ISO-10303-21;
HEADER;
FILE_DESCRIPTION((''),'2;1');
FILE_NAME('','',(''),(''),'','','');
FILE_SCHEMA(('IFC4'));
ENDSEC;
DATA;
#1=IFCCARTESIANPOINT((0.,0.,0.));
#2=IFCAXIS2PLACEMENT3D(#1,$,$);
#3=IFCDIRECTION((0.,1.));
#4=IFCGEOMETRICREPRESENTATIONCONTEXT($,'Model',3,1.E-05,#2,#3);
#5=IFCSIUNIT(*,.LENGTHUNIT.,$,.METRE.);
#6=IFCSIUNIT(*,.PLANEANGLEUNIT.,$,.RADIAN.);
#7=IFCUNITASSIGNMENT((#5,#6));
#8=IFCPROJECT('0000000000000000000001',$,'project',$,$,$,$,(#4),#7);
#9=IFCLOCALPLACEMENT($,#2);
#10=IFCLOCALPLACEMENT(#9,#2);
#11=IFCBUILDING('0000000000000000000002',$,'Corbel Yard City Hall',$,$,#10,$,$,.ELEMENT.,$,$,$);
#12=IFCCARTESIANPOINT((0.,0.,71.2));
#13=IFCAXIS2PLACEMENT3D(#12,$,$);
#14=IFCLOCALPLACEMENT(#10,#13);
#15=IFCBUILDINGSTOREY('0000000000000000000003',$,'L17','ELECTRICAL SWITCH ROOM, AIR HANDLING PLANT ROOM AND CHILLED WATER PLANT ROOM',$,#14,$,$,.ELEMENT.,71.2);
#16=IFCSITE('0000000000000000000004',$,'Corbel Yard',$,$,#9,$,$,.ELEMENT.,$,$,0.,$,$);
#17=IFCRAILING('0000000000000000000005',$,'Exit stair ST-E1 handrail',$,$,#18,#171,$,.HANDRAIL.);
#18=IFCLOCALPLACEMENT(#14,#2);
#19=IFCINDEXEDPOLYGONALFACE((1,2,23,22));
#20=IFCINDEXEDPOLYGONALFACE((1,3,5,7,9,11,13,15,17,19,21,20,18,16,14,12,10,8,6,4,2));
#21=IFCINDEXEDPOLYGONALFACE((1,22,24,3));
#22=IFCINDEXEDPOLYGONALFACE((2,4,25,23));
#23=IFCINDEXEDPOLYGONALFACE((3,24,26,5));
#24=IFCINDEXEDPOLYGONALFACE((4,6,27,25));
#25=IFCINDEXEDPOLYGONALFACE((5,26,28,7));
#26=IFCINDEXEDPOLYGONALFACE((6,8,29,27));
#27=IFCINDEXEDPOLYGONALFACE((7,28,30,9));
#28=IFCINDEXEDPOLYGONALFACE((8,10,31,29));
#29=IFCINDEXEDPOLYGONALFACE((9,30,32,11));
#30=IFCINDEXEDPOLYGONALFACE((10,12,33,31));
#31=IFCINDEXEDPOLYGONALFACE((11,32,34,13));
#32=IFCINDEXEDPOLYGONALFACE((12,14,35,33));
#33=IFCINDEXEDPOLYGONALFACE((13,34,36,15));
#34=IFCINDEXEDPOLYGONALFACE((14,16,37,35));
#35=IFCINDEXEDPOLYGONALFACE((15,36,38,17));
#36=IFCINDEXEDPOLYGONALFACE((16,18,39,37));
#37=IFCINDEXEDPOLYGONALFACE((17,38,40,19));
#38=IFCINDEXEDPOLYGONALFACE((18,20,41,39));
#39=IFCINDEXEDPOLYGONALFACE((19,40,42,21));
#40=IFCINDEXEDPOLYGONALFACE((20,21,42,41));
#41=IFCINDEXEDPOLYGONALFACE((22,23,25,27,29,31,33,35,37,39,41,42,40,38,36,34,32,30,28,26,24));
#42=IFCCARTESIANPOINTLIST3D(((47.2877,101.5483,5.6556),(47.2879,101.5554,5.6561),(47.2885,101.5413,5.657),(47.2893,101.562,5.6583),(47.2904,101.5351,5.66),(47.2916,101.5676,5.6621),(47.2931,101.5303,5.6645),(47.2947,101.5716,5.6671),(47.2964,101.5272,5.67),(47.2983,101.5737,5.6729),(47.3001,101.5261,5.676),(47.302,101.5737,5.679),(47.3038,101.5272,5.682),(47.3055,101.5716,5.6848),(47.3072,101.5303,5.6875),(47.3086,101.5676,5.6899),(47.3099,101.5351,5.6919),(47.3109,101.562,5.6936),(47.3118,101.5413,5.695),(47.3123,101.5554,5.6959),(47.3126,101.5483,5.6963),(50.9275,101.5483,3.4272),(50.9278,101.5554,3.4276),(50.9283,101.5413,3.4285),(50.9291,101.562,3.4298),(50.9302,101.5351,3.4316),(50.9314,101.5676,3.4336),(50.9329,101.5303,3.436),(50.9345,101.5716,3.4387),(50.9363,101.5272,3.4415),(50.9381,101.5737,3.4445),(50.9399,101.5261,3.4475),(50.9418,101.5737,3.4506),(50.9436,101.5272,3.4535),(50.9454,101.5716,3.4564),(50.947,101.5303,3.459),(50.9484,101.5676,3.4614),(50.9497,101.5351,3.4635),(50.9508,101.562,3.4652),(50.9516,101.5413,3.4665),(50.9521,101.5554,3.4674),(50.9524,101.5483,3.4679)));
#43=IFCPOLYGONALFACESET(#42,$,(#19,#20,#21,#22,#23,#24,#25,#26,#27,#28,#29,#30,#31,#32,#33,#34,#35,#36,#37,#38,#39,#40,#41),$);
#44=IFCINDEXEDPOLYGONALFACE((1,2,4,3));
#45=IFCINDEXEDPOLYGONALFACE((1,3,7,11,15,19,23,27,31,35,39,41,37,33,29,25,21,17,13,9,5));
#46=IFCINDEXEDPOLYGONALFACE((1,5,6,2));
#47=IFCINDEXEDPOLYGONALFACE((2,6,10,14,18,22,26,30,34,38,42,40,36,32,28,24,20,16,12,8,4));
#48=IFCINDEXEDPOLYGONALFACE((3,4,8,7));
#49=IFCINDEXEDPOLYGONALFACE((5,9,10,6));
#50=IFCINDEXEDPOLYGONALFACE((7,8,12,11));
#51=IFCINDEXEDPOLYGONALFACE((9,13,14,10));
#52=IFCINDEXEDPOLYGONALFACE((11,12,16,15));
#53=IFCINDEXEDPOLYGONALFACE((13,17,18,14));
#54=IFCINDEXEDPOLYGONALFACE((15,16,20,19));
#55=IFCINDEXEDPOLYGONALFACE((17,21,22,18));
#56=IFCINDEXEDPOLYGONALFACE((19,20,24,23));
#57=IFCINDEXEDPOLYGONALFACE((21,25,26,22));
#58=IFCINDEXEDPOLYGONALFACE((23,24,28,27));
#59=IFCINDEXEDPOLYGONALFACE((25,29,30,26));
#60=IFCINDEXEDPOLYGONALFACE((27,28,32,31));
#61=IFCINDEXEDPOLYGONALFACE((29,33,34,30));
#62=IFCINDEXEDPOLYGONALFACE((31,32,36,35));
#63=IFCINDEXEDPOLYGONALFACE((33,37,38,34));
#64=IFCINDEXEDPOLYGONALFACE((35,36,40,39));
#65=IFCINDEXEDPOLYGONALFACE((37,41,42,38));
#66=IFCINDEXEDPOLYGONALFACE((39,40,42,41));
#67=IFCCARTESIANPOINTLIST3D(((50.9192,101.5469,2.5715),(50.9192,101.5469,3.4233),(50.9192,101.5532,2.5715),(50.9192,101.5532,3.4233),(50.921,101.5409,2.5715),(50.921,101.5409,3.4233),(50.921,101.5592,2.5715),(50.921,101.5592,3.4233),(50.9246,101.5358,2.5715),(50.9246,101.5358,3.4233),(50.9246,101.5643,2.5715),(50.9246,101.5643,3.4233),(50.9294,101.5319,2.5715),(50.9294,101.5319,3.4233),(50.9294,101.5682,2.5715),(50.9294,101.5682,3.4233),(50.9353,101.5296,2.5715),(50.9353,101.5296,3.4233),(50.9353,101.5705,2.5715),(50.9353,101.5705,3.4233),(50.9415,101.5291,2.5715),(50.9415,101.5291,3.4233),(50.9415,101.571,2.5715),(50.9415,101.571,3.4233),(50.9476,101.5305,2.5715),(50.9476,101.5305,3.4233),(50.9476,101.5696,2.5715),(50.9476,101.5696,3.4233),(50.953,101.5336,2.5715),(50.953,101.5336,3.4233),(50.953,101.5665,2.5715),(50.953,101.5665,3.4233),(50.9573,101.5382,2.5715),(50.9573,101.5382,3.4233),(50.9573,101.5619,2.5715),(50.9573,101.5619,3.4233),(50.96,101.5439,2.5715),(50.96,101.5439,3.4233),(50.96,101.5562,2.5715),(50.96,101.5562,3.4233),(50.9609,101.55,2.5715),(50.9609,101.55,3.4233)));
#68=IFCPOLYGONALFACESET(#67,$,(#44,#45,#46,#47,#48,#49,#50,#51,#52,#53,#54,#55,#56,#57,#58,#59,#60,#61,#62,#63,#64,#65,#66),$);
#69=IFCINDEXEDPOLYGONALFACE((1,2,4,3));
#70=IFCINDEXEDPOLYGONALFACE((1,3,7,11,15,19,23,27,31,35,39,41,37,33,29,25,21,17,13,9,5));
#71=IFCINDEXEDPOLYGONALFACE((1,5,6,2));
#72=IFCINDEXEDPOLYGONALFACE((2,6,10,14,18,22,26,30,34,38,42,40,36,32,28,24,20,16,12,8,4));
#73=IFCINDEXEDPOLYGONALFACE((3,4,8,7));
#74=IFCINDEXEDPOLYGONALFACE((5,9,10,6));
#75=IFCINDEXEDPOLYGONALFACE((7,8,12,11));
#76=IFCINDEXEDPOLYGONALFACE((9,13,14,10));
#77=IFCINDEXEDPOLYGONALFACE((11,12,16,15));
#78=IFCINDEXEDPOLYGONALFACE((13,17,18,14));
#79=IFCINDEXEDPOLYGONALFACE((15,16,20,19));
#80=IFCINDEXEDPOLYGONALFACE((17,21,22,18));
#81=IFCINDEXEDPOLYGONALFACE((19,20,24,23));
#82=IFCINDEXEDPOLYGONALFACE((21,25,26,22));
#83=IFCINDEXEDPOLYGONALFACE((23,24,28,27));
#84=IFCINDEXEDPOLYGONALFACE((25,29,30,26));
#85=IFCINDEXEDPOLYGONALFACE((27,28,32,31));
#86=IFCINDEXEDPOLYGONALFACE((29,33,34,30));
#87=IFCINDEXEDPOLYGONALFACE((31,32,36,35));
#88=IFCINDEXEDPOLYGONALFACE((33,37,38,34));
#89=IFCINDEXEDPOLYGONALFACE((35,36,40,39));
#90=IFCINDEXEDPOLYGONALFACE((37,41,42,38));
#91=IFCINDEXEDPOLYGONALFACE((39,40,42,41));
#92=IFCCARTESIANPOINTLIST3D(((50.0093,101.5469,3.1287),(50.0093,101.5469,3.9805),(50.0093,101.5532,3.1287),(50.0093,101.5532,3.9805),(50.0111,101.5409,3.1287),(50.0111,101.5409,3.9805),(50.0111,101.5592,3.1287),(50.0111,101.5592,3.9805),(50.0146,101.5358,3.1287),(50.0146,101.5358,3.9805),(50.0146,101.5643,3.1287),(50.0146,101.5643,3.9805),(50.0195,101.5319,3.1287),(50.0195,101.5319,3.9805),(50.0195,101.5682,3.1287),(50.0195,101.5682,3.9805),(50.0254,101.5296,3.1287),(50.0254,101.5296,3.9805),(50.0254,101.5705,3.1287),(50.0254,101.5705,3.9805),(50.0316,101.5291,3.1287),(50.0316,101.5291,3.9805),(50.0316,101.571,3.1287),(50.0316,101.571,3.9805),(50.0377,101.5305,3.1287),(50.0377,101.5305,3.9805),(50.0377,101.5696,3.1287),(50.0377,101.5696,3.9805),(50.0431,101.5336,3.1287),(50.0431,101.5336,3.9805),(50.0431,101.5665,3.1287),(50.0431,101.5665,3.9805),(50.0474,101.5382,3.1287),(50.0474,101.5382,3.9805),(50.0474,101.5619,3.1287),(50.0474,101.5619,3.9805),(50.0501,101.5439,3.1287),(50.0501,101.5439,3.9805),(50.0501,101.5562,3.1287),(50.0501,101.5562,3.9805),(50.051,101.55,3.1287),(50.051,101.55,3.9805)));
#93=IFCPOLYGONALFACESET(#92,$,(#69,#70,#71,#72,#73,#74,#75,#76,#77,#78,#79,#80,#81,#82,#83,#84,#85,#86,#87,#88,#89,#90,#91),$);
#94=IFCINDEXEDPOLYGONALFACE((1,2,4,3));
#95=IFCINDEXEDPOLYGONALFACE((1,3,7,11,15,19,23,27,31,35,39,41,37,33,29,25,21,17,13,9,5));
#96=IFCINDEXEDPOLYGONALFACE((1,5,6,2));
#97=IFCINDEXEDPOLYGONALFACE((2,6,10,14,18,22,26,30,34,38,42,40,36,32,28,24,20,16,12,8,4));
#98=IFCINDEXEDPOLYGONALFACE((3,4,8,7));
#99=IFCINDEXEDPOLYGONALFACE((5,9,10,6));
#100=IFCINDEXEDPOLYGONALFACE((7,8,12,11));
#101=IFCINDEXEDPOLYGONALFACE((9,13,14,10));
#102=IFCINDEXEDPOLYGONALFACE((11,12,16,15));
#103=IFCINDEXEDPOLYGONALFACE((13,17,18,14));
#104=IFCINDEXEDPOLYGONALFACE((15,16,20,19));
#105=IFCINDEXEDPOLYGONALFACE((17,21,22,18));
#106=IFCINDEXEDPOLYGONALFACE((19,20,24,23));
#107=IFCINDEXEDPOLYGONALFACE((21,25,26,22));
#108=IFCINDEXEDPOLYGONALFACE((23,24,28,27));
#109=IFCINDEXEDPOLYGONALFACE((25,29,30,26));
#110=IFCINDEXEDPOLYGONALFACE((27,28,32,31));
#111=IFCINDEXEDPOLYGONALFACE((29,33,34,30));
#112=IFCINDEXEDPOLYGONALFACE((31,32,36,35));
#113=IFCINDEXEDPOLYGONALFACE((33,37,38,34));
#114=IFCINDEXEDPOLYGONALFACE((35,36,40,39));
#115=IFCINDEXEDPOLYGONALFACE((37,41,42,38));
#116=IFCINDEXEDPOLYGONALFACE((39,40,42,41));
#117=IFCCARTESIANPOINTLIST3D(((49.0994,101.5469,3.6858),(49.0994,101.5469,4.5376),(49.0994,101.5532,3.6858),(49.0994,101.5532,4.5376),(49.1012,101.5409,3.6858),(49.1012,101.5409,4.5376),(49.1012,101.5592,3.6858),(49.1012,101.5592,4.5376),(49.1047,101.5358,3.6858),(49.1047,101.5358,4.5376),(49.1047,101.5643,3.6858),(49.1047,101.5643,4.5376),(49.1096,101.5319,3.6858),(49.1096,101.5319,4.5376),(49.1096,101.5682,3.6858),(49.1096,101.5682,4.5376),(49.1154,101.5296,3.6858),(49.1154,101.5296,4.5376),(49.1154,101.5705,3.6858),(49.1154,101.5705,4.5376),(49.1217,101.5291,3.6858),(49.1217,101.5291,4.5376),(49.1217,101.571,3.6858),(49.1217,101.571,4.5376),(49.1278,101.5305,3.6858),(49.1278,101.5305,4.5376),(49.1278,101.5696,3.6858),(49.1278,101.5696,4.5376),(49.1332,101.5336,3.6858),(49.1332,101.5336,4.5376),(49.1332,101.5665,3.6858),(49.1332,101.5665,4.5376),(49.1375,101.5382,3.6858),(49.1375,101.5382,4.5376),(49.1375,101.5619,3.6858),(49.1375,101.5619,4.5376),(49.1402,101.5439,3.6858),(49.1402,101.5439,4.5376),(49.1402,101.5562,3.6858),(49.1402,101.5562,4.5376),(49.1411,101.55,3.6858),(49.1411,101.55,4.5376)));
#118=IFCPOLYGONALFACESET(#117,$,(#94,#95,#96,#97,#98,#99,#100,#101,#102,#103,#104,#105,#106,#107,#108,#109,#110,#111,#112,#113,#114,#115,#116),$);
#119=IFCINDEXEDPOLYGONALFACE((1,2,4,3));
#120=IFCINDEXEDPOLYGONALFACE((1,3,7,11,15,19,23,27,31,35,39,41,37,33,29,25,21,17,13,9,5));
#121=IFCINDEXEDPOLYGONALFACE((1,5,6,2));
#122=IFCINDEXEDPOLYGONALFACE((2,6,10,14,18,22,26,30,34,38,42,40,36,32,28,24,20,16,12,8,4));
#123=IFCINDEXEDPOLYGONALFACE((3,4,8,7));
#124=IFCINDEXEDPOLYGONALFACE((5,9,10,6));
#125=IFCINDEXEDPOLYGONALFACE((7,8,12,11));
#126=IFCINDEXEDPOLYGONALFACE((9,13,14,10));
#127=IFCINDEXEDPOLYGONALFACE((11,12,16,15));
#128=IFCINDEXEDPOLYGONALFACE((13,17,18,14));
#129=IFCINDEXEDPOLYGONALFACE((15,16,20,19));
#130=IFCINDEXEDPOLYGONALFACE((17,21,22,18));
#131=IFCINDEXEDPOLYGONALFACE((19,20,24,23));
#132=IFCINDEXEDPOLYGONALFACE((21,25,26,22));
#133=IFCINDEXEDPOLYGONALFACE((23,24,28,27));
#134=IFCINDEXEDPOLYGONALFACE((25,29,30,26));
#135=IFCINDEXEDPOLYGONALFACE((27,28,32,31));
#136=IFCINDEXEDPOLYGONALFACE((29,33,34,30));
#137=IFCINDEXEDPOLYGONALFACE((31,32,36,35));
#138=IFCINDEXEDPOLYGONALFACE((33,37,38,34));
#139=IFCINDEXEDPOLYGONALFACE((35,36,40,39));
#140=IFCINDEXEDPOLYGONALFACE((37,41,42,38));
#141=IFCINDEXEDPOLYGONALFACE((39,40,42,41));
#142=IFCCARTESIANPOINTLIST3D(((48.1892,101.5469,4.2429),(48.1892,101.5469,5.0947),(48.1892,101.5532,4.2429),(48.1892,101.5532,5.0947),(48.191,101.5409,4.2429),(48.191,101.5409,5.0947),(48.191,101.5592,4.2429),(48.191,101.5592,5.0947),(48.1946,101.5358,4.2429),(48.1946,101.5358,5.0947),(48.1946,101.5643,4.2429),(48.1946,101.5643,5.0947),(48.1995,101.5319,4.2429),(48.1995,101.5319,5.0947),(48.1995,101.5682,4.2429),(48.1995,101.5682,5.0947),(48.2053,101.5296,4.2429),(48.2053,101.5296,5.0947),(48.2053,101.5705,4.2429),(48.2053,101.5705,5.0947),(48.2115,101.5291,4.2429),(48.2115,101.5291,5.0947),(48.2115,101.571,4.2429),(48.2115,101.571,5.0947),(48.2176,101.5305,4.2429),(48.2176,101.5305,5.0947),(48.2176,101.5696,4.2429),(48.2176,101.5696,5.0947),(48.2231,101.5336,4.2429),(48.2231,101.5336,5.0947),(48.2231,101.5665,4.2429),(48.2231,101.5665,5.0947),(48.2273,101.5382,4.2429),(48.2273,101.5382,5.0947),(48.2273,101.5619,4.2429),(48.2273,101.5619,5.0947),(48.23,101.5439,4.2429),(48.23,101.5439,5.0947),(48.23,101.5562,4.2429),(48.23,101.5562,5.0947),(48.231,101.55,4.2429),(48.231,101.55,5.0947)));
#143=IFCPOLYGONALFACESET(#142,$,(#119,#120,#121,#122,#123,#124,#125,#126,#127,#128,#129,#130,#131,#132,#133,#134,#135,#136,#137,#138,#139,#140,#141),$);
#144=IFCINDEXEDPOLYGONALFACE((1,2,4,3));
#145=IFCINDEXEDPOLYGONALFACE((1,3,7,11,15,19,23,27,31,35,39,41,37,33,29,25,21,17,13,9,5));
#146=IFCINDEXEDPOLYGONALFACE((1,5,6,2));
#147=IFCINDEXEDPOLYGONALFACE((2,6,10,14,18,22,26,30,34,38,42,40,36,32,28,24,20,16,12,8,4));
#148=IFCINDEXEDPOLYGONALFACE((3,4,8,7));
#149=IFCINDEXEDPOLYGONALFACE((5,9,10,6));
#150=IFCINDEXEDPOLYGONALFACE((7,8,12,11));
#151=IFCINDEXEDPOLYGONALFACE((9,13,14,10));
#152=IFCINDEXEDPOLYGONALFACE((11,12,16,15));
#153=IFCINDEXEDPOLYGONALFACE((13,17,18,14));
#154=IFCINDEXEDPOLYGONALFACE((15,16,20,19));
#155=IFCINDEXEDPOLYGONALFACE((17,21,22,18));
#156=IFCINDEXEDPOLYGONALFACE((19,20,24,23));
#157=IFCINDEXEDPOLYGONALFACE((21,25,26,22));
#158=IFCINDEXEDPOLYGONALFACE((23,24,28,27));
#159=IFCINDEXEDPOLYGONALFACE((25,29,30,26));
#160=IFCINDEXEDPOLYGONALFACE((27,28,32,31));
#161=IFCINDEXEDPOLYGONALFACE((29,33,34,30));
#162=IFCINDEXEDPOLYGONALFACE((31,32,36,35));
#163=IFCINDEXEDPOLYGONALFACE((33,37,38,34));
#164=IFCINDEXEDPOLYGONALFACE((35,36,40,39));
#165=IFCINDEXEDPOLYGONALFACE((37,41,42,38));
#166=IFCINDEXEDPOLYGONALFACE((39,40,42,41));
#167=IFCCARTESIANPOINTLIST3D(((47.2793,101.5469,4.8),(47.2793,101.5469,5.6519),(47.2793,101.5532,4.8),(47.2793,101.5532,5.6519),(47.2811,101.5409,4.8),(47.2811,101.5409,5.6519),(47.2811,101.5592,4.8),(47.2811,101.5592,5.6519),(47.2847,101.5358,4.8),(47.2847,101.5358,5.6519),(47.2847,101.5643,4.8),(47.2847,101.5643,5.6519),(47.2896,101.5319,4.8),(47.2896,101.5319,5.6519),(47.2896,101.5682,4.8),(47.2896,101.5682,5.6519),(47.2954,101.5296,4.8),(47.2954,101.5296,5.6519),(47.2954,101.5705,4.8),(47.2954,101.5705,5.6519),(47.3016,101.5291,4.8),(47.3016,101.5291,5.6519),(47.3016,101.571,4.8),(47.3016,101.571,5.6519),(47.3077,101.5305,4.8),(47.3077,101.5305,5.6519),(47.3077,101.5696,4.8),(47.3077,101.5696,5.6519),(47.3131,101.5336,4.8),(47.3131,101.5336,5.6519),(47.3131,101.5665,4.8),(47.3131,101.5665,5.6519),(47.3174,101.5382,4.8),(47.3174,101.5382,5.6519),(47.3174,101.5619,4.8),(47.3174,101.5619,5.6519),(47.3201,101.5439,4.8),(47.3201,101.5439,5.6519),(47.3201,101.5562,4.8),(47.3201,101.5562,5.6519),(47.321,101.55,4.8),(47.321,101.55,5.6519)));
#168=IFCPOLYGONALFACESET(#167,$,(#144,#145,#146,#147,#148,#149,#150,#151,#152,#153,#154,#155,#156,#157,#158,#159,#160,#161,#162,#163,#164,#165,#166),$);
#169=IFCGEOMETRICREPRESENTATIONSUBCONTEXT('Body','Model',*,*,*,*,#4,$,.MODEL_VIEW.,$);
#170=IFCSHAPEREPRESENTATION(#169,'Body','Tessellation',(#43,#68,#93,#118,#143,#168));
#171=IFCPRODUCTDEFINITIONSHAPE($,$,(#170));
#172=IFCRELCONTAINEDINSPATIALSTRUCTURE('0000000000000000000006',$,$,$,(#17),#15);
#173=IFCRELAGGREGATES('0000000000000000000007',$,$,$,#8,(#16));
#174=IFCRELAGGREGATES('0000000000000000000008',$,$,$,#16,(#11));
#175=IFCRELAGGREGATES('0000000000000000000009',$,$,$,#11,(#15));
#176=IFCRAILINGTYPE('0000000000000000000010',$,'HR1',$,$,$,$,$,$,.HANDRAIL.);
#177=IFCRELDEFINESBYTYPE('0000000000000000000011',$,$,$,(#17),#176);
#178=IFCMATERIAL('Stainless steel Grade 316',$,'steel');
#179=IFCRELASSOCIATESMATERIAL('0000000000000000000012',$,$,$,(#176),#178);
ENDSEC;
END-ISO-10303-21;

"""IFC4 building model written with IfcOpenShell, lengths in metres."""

from ifc_helpers import new_model, si_unit, direction, frame, origin, origin_2d, place, context, subcontext, project, spatial, circle, extrude, material, type_object, element, save


model = new_model("IFC4")

# Units and contexts
model_context = context("Model", 3, precision=1e-05, world=origin(), true_north=direction((0.0, 1.0)))
body_context = subcontext(model_context, "Body", "Model", "MODEL_VIEW")
ifc_project = project(units=[si_unit("LENGTHUNIT", "METRE"), si_unit("PLANEANGLEUNIT", "RADIAN")], contexts=[model_context])

# Site, building, storey
site_placement = place(None, origin())
site = spatial("IfcSite", under=ifc_project, at=site_placement, Name="Corbel Yard", CompositionType="ELEMENT", RefElevation=0.0)
building_placement = place(site_placement, origin())
building = spatial("IfcBuilding", under=site, at=building_placement, Name="Corbel Yard City Hall", CompositionType="ELEMENT")
storey_placement = place(building_placement, frame((0.0, 0.0, 71.2)))
storey = spatial("IfcBuildingStorey", under=building, at=storey_placement, Name="L17", Description="ELECTRICAL SWITCH ROOM, AIR HANDLING PLANT ROOM AND CHILLED WATER PLANT ROOM", CompositionType="ELEMENT", Elevation=71.2)

# Railing
ifc_material_1 = material(Name="Stainless steel Grade 316", Category="steel")
railing_type = type_object("IfcRailingType", Name="HR1", PredefinedType="HANDRAIL", material=ifc_material_1)
railing_1_placement = place(storey_placement, frame((50.9399, 101.55, 2.5715)))
element("IfcRailing", 1, at=railing_1_placement, inside=storey, type_object=railing_type, Name="Exit stair ST-E1 handrail", PredefinedType="HANDRAIL", context=body_context, shape_type="SweptSolid", body=[
    extrude(circle(Radius=0.0239, at=origin_2d()), frame((0.0, 0.0, 0.876), z_axis=(-0.85285, 0.0, 0.522156), x_axis=(0.0, -1.0, 0.0)), (0.0, 0.0, 1.0), 4.2678),
    extrude(circle(Radius=0.021, at=origin_2d()), origin(), (0.0, 0.0, 1.0), 0.8518),
    extrude(circle(Radius=0.021, at=origin_2d()), frame((-0.9099, 0.0, 0.5571)), (0.0, 0.0, 1.0), 0.8518),
    extrude(circle(Radius=0.021, at=origin_2d()), frame((-1.8198, 0.0, 1.1143)), (0.0, 0.0, 1.0), 0.8518),
    extrude(circle(Radius=0.021, at=origin_2d()), frame((-2.73, 0.0, 1.6714)), (0.0, 0.0, 1.0), 0.8518),
    extrude(circle(Radius=0.021, at=origin_2d()), frame((-3.6399, 0.0, 2.2285)), (0.0, 0.0, 1.0), 0.8518),
])

save(model, "model.ifc")
